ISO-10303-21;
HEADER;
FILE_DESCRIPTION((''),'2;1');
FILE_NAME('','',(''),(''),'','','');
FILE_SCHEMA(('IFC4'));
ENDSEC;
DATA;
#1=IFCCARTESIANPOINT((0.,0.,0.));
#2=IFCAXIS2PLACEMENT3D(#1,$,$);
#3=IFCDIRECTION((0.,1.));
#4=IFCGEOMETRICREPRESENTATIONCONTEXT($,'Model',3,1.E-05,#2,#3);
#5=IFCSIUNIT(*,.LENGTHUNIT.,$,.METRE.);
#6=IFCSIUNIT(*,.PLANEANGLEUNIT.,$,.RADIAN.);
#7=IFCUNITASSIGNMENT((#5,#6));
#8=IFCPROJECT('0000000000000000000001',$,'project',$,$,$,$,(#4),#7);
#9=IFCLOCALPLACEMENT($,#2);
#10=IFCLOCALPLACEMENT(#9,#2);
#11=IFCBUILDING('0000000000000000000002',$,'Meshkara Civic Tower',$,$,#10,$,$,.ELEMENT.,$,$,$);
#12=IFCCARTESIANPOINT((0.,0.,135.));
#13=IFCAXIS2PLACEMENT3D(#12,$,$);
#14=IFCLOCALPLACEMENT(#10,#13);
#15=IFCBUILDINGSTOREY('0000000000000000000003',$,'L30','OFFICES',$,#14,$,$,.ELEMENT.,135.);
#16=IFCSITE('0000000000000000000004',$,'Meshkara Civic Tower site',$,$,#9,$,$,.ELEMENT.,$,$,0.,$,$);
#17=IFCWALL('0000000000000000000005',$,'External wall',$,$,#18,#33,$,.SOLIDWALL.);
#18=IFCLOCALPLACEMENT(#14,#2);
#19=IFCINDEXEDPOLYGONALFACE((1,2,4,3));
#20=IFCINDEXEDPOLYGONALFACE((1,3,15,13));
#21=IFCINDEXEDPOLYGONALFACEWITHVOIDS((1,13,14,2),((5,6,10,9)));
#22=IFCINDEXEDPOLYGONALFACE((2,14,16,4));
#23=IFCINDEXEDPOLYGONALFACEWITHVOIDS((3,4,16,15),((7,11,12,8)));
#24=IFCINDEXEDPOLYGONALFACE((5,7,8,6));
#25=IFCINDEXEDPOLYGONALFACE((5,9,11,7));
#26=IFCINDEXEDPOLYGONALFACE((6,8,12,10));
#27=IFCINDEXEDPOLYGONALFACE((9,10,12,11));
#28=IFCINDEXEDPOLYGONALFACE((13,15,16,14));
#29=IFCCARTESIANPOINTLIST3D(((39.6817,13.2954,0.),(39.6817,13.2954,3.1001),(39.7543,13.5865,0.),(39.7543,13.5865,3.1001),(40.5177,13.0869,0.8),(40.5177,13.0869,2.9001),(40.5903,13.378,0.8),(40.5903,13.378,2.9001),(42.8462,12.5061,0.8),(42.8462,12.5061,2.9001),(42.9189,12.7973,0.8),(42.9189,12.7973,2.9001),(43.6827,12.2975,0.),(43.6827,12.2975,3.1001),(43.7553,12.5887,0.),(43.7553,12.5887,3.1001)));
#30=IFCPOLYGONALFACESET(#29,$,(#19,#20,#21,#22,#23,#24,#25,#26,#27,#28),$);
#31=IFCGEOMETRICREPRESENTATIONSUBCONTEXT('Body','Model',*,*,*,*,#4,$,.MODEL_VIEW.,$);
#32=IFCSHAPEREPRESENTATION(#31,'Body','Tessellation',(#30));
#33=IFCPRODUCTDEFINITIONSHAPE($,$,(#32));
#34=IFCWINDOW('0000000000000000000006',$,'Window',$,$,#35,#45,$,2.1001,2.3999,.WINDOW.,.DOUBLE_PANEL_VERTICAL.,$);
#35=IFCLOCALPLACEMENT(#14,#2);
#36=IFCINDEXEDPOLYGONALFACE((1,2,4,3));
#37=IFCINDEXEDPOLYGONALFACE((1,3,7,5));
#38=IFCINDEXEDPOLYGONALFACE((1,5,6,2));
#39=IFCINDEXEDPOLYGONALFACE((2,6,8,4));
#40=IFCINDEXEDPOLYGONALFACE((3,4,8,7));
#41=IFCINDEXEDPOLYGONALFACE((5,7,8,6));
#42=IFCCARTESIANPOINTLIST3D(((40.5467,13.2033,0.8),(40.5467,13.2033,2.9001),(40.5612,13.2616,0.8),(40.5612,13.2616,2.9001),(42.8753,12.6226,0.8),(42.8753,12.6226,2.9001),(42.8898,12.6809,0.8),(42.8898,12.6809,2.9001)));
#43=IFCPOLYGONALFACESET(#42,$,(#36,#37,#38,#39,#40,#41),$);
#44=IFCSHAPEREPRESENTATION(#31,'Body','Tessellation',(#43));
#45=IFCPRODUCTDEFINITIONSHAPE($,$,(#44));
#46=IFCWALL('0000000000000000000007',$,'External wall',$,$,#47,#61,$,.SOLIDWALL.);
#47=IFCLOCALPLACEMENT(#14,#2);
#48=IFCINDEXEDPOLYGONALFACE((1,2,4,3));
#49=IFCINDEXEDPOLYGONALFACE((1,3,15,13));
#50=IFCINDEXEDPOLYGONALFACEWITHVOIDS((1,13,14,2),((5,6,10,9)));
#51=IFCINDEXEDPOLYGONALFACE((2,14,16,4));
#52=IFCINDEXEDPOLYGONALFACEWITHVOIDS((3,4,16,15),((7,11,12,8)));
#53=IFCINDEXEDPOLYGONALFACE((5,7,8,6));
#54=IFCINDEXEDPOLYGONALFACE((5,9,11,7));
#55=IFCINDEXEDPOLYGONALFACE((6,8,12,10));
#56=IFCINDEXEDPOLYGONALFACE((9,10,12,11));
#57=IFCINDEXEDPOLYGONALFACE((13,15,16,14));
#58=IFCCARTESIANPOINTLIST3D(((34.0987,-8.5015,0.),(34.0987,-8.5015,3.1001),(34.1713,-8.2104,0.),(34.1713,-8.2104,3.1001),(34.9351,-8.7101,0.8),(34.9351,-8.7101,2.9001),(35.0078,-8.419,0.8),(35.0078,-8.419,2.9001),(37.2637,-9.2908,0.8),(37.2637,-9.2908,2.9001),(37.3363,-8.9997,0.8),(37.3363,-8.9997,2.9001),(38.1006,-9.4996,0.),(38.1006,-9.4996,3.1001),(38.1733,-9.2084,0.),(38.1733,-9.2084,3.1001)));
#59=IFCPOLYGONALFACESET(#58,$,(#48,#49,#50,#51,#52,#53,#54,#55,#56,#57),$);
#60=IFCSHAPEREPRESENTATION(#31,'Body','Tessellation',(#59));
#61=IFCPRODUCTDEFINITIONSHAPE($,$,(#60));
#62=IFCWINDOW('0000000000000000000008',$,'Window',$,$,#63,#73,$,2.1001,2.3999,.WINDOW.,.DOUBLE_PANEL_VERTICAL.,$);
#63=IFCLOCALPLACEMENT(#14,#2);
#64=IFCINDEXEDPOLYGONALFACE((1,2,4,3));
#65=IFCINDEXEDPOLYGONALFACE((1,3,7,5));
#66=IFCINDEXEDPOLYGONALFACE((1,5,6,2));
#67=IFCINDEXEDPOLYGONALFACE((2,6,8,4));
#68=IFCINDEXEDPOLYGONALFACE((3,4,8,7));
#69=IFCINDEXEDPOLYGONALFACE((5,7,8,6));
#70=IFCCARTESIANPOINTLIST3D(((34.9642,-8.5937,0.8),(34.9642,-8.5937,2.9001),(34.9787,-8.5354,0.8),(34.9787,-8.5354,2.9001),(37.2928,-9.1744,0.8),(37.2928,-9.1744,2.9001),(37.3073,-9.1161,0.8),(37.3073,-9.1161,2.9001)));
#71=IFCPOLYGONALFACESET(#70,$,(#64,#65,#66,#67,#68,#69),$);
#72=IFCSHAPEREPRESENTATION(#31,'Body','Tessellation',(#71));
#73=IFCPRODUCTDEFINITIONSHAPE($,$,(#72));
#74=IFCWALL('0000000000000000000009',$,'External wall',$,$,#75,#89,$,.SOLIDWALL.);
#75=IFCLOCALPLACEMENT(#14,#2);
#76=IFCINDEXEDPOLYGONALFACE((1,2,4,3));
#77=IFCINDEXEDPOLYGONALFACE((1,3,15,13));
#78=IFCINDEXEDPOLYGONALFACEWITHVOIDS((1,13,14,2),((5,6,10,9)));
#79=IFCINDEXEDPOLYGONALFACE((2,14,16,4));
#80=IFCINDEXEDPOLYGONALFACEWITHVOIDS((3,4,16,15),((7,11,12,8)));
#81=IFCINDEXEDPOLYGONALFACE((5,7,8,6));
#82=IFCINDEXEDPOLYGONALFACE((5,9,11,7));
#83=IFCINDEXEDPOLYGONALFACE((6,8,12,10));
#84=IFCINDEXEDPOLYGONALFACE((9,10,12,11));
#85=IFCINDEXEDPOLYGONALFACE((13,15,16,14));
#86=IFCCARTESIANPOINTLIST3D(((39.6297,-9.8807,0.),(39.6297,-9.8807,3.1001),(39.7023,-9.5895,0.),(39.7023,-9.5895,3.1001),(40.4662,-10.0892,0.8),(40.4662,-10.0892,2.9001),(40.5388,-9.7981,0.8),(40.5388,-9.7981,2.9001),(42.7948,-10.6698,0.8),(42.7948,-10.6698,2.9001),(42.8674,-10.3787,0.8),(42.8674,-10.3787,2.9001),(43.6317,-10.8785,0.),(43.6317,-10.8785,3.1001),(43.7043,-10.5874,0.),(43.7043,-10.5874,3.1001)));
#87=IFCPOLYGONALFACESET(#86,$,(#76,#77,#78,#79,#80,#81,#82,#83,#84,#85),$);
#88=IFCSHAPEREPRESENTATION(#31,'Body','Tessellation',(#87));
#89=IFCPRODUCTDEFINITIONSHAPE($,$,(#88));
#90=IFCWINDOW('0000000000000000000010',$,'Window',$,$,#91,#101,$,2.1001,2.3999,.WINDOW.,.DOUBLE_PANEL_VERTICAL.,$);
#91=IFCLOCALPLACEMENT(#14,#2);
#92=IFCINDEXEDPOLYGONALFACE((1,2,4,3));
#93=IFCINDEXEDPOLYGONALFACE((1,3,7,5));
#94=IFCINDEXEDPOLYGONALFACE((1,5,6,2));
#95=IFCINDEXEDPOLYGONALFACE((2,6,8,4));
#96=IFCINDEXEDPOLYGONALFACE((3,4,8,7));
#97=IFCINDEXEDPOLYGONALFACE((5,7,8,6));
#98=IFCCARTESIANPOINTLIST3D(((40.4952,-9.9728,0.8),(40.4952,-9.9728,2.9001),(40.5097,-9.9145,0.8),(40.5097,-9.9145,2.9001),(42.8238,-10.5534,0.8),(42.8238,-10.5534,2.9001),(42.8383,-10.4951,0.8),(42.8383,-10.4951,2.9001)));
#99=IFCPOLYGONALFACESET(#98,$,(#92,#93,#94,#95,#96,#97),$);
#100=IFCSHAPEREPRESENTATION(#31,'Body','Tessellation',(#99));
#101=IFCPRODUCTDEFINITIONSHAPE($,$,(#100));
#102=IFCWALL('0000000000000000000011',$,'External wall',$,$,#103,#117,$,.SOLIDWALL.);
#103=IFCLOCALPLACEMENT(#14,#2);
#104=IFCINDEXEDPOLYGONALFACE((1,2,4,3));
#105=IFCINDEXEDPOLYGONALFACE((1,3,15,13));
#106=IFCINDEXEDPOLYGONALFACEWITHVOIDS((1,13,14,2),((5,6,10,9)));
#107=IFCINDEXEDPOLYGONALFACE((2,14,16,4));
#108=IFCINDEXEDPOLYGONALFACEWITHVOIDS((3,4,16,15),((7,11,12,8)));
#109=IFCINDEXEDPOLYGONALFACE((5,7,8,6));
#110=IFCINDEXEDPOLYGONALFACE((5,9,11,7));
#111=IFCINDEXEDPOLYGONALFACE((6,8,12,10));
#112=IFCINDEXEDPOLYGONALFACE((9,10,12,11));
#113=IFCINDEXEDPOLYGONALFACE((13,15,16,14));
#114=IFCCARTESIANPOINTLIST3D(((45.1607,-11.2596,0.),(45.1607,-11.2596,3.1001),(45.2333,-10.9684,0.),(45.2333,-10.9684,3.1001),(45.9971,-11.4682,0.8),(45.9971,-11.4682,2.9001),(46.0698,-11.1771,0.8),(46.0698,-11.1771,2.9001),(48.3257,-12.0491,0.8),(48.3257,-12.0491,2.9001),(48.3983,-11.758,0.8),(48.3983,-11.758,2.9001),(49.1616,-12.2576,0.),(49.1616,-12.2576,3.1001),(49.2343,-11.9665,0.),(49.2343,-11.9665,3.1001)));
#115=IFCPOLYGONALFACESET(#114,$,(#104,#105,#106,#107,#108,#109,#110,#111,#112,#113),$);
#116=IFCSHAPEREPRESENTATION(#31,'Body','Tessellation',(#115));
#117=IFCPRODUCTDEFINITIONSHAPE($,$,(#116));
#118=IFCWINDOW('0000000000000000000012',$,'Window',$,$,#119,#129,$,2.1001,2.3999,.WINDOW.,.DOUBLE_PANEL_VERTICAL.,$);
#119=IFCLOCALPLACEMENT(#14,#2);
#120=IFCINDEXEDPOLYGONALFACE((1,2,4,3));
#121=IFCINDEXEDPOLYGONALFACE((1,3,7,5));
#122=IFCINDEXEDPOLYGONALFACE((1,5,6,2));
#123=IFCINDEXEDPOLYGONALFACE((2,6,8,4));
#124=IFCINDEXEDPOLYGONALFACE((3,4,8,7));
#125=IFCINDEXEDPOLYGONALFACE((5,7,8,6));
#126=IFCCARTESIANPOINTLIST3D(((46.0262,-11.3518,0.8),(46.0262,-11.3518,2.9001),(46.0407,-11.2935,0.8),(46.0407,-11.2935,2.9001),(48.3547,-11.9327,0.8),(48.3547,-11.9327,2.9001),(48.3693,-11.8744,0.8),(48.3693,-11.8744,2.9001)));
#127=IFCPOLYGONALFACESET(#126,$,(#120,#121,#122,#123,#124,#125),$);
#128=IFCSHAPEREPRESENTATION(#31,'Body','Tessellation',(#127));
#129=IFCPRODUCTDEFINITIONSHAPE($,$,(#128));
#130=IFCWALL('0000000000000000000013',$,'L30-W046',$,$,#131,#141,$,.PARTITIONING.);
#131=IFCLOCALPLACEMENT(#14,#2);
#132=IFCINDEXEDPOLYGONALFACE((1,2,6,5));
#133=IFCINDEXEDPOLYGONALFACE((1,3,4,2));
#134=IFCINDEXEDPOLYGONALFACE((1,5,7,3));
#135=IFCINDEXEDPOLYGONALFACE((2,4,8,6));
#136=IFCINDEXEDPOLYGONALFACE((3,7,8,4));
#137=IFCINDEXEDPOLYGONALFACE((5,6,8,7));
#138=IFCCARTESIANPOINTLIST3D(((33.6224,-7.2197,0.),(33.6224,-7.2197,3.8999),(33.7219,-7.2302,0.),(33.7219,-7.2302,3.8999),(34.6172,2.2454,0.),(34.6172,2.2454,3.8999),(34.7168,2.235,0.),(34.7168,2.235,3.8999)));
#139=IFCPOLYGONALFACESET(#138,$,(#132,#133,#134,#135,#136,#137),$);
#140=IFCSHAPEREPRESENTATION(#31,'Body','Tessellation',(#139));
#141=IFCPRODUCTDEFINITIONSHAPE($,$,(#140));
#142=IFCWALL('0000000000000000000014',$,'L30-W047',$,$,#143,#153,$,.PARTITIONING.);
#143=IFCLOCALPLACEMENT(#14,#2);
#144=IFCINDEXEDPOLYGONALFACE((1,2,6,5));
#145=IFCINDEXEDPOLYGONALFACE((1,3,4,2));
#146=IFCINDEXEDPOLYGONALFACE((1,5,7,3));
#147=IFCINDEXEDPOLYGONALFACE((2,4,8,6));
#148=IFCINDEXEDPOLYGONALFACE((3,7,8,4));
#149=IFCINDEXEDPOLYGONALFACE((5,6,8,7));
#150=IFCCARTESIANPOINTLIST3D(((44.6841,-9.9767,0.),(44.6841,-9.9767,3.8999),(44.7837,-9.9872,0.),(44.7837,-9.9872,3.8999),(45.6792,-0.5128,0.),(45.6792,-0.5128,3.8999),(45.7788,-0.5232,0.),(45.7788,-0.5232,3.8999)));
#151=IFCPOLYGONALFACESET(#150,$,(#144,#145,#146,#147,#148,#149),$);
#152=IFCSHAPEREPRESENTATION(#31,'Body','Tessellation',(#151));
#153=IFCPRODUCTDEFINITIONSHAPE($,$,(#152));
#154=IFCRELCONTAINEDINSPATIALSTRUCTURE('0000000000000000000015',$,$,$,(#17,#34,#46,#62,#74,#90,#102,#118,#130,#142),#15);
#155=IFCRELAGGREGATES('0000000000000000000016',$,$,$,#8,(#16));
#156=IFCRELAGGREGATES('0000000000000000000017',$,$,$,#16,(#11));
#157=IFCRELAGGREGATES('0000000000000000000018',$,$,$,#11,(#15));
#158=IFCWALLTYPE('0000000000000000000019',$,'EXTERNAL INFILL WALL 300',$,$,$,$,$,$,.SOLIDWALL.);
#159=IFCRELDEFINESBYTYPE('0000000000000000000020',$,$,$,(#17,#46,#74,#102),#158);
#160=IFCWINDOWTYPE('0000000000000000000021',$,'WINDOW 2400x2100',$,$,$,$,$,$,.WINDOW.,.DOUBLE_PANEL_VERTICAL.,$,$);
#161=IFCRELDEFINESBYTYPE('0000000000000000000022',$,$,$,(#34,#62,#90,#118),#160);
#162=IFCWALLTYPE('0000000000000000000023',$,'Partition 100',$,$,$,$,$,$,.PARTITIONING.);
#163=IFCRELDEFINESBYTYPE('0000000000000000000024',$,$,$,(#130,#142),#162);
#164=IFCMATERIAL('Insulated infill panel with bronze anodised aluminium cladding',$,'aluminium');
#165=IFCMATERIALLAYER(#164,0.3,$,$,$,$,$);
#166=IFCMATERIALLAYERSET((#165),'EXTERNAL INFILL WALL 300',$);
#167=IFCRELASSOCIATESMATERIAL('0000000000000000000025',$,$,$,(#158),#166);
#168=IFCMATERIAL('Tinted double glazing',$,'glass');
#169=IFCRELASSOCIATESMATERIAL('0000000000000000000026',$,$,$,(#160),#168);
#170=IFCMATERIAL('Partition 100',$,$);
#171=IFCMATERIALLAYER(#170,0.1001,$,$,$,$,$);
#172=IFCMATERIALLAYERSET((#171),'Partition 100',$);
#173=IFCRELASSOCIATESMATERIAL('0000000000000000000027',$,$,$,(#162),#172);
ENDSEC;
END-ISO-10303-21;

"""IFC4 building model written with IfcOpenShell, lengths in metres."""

from ifc_helpers import new_model, si_unit, direction, frame, frame_2d, origin, place, context, subcontext, project, spatial, rectangle, extrude, material, layer, layer_set, type_object, element, fill, save


model = new_model("IFC4")

# Units and contexts
model_context = context("Model", 3, precision=1e-05, world=origin(), true_north=direction((0.0, 1.0)))
body_context = subcontext(model_context, "Body", "Model", "MODEL_VIEW")
ifc_project = project(units=[si_unit("LENGTHUNIT", "METRE"), si_unit("PLANEANGLEUNIT", "RADIAN")], contexts=[model_context])

# Site, building, storey
site_placement = place(None, origin())
site = spatial("IfcSite", under=ifc_project, at=site_placement, Name="Meshkara Civic Tower site", CompositionType="ELEMENT", RefElevation=0.0)
building_placement = place(site_placement, origin())
building = spatial("IfcBuilding", under=site, at=building_placement, Name="Meshkara Civic Tower", CompositionType="ELEMENT")
storey_placement = place(building_placement, frame((0.0, 0.0, 135.0)))
storey = spatial("IfcBuildingStorey", under=building, at=storey_placement, Name="L30", Description="OFFICES", CompositionType="ELEMENT", Elevation=135.0)

# Walls, openings, windows
ifc_material_1 = material(Name="Insulated infill panel with bronze anodised aluminium cladding", Category="aluminium")
ifc_layer_1 = layer(ifc_material_1, 0.3)
ifc_layer_set_1 = layer_set([ifc_layer_1], Name="EXTERNAL INFILL WALL 300")
wall_type_1 = type_object("IfcWallType", Name="EXTERNAL INFILL WALL 300", PredefinedType="SOLIDWALL", material=ifc_layer_set_1)
wall_1_placement = place(storey_placement, frame((43.719, 12.4431, 0.0), z_axis=(0.0, 0.0, 1.0), x_axis=(-0.970282, 0.241978, 0.0)))
wall_1 = element("IfcWall", 1, at=wall_1_placement, inside=storey, type_object=wall_type_1, Name="External wall", PredefinedType="SOLIDWALL", context=body_context, shape_type="SweptSolid", body=[
    extrude(rectangle(XDim=4.1235, YDim=0.3, at=frame_2d((2.0618, 0.0))), origin(), (0.0, 0.0, 1.0), 3.1001),
])
opening_1_placement = place(wall_1_placement, frame((0.8621, 0.0, 0.8)))
opening_1 = element("IfcOpeningElement", 2, at=opening_1_placement, cuts=wall_1, PredefinedType="OPENING", context=body_context, shape_type="SweptSolid", body=[
    extrude(rectangle(XDim=2.3999, YDim=2.1001, at=frame_2d((1.2, 1.05))), frame((0.0, 0.1599, 0.0), z_axis=(0.0, -1.0, 0.0), x_axis=(1.0, 0.0, 0.0)), (0.0, 0.0, 1.0), 0.3201),
])
ifc_material_2 = material(Name="Tinted double glazing", Category="glass")
window_type = type_object("IfcWindowType", Name="WINDOW 2400x2100", PartitioningType="DOUBLE_PANEL_VERTICAL", PredefinedType="WINDOW", material=ifc_material_2)
window_1_placement = place(opening_1_placement, origin())
window_1 = element("IfcWindow", 3, at=window_1_placement, inside=storey, type_object=window_type, Name="Window", OverallHeight=2.1001, OverallWidth=2.3999, PartitioningType="DOUBLE_PANEL_VERTICAL", PredefinedType="WINDOW", context=body_context, shape_type="SweptSolid", body=[
    extrude(rectangle(XDim=2.3999, YDim=2.1001, at=frame_2d((1.2, 1.05))), frame((0.0, 0.03, 0.0), z_axis=(0.0, -1.0, 0.0), x_axis=(1.0, 0.0, 0.0)), (0.0, 0.0, 1.0), 0.0601),
])
fill(opening_1, window_1)
wall_2_placement = place(storey_placement, frame((34.135, -8.356, 0.0), z_axis=(0.0, 0.0, 1.0), x_axis=(0.970282, -0.241978, 0.0)))
wall_2 = element("IfcWall", 4, at=wall_2_placement, inside=storey, type_object=wall_type_1, Name="External wall", PredefinedType="SOLIDWALL", context=body_context, shape_type="SweptSolid", body=[
    extrude(rectangle(XDim=4.1245, YDim=0.3, at=frame_2d((2.0623, 0.0))), origin(), (0.0, 0.0, 1.0), 3.1001),
])
opening_2_placement = place(wall_2_placement, frame((0.8621, 0.0, 0.8)))
opening_2 = element("IfcOpeningElement", 5, at=opening_2_placement, cuts=wall_2, PredefinedType="OPENING", context=body_context, shape_type="SweptSolid", body=[
    extrude(rectangle(XDim=2.3999, YDim=2.1001, at=frame_2d((1.2, 1.05))), frame((0.0, 0.1599, 0.0), z_axis=(0.0, -1.0, 0.0), x_axis=(1.0, 0.0, 0.0)), (0.0, 0.0, 1.0), 0.3201),
])
window_2_placement = place(opening_2_placement, origin())
window_2 = element("IfcWindow", 6, at=window_2_placement, inside=storey, type_object=window_type, Name="Window", OverallHeight=2.1001, OverallWidth=2.3999, PartitioningType="DOUBLE_PANEL_VERTICAL", PredefinedType="WINDOW", context=body_context, shape_type="SweptSolid", body=[
    extrude(rectangle(XDim=2.3999, YDim=2.1001, at=frame_2d((1.2, 1.05))), frame((0.0, 0.03, 0.0), z_axis=(0.0, -1.0, 0.0), x_axis=(1.0, 0.0, 0.0)), (0.0, 0.0, 1.0), 0.0601),
])
fill(opening_2, window_2)
wall_3_placement = place(storey_placement, frame((39.666, -9.7351, 0.0), z_axis=(0.0, 0.0, 1.0), x_axis=(0.970296, -0.241923, 0.0)))
wall_3 = element("IfcWall", 7, at=wall_3_placement, inside=storey, type_object=wall_type_1, Name="External wall", PredefinedType="SOLIDWALL", context=body_context, shape_type="SweptSolid", body=[
    extrude(rectangle(XDim=4.1245, YDim=0.3, at=frame_2d((2.0623, 0.0))), origin(), (0.0, 0.0, 1.0), 3.1001),
])
opening_3_placement = place(wall_3_placement, frame((0.8621, 0.0, 0.8)))
opening_3 = element("IfcOpeningElement", 8, at=opening_3_placement, cuts=wall_3, PredefinedType="OPENING", context=body_context, shape_type="SweptSolid", body=[
    extrude(rectangle(XDim=2.3999, YDim=2.1001, at=frame_2d((1.2, 1.05))), frame((0.0, 0.1599, 0.0), z_axis=(0.0, -1.0, 0.0), x_axis=(1.0, 0.0, 0.0)), (0.0, 0.0, 1.0), 0.3201),
])
window_3_placement = place(opening_3_placement, origin())
window_3 = element("IfcWindow", 9, at=window_3_placement, inside=storey, type_object=window_type, Name="Window", OverallHeight=2.1001, OverallWidth=2.3999, PartitioningType="DOUBLE_PANEL_VERTICAL", PredefinedType="WINDOW", context=body_context, shape_type="SweptSolid", body=[
    extrude(rectangle(XDim=2.3999, YDim=2.1001, at=frame_2d((1.2, 1.05))), frame((0.0, 0.03, 0.0), z_axis=(0.0, -1.0, 0.0), x_axis=(1.0, 0.0, 0.0)), (0.0, 0.0, 1.0), 0.0601),
])
fill(opening_3, window_3)
wall_4_placement = place(storey_placement, frame((45.197, -11.114, 0.0), z_axis=(0.0, 0.0, 1.0), x_axis=(0.970268, -0.242034, 0.0)))
wall_4 = element("IfcWall", 10, at=wall_4_placement, inside=storey, type_object=wall_type_1, Name="External wall", PredefinedType="SOLIDWALL", context=body_context, shape_type="SweptSolid", body=[
    extrude(rectangle(XDim=4.1235, YDim=0.3, at=frame_2d((2.0618, 0.0))), origin(), (0.0, 0.0, 1.0), 3.1001),
])
opening_4_placement = place(wall_4_placement, frame((0.8621, 0.0, 0.8)))
opening_4 = element("IfcOpeningElement", 11, at=opening_4_placement, cuts=wall_4, PredefinedType="OPENING", context=body_context, shape_type="SweptSolid", body=[
    extrude(rectangle(XDim=2.3999, YDim=2.1001, at=frame_2d((1.2, 1.05))), frame((0.0, 0.1599, 0.0), z_axis=(0.0, -1.0, 0.0), x_axis=(1.0, 0.0, 0.0)), (0.0, 0.0, 1.0), 0.3201),
])
window_4_placement = place(opening_4_placement, origin())
window_4 = element("IfcWindow", 12, at=window_4_placement, inside=storey, type_object=window_type, Name="Window", OverallHeight=2.1001, OverallWidth=2.3999, PartitioningType="DOUBLE_PANEL_VERTICAL", PredefinedType="WINDOW", context=body_context, shape_type="SweptSolid", body=[
    extrude(rectangle(XDim=2.3999, YDim=2.1001, at=frame_2d((1.2, 1.05))), frame((0.0, 0.03, 0.0), z_axis=(0.0, -1.0, 0.0), x_axis=(1.0, 0.0, 0.0)), (0.0, 0.0, 1.0), 0.0601),
])
fill(opening_4, window_4)

# Walls
ifc_material_3 = material(Name="Partition 100")
ifc_layer_2 = layer(ifc_material_3, 0.1001)
ifc_layer_set_2 = layer_set([ifc_layer_2], Name="Partition 100")
wall_type_2 = type_object("IfcWallType", Name="Partition 100", PredefinedType="PARTITIONING", material=ifc_layer_set_2)
wall_5_placement = place(storey_placement, frame((33.6721, -7.2251, 0.0), z_axis=(0.0, 0.0, 1.0), x_axis=(0.104534, 0.994521, 0.0)))
element("IfcWall", 13, at=wall_5_placement, inside=storey, type_object=wall_type_2, Name="L30-W046", PredefinedType="PARTITIONING", context=body_context, shape_type="SweptSolid", body=[
    extrude(rectangle(XDim=9.5173, YDim=0.1001, at=frame_2d((4.7588, 0.0))), origin(), (0.0, 0.0, 1.0), 3.8999),
])
wall_6_placement = place(storey_placement, frame((44.7339, -9.9819, 0.0), z_axis=(0.0, 0.0, 1.0), x_axis=(0.104573, 0.994517, 0.0)))
element("IfcWall", 14, at=wall_6_placement, inside=storey, type_object=wall_type_2, Name="L30-W047", PredefinedType="PARTITIONING", context=body_context, shape_type="SweptSolid", body=[
    extrude(rectangle(XDim=9.5161, YDim=0.1001, at=frame_2d((4.7581, 0.0))), origin(), (0.0, 0.0, 1.0), 3.8999),
])

save(model, "model.ifc")
